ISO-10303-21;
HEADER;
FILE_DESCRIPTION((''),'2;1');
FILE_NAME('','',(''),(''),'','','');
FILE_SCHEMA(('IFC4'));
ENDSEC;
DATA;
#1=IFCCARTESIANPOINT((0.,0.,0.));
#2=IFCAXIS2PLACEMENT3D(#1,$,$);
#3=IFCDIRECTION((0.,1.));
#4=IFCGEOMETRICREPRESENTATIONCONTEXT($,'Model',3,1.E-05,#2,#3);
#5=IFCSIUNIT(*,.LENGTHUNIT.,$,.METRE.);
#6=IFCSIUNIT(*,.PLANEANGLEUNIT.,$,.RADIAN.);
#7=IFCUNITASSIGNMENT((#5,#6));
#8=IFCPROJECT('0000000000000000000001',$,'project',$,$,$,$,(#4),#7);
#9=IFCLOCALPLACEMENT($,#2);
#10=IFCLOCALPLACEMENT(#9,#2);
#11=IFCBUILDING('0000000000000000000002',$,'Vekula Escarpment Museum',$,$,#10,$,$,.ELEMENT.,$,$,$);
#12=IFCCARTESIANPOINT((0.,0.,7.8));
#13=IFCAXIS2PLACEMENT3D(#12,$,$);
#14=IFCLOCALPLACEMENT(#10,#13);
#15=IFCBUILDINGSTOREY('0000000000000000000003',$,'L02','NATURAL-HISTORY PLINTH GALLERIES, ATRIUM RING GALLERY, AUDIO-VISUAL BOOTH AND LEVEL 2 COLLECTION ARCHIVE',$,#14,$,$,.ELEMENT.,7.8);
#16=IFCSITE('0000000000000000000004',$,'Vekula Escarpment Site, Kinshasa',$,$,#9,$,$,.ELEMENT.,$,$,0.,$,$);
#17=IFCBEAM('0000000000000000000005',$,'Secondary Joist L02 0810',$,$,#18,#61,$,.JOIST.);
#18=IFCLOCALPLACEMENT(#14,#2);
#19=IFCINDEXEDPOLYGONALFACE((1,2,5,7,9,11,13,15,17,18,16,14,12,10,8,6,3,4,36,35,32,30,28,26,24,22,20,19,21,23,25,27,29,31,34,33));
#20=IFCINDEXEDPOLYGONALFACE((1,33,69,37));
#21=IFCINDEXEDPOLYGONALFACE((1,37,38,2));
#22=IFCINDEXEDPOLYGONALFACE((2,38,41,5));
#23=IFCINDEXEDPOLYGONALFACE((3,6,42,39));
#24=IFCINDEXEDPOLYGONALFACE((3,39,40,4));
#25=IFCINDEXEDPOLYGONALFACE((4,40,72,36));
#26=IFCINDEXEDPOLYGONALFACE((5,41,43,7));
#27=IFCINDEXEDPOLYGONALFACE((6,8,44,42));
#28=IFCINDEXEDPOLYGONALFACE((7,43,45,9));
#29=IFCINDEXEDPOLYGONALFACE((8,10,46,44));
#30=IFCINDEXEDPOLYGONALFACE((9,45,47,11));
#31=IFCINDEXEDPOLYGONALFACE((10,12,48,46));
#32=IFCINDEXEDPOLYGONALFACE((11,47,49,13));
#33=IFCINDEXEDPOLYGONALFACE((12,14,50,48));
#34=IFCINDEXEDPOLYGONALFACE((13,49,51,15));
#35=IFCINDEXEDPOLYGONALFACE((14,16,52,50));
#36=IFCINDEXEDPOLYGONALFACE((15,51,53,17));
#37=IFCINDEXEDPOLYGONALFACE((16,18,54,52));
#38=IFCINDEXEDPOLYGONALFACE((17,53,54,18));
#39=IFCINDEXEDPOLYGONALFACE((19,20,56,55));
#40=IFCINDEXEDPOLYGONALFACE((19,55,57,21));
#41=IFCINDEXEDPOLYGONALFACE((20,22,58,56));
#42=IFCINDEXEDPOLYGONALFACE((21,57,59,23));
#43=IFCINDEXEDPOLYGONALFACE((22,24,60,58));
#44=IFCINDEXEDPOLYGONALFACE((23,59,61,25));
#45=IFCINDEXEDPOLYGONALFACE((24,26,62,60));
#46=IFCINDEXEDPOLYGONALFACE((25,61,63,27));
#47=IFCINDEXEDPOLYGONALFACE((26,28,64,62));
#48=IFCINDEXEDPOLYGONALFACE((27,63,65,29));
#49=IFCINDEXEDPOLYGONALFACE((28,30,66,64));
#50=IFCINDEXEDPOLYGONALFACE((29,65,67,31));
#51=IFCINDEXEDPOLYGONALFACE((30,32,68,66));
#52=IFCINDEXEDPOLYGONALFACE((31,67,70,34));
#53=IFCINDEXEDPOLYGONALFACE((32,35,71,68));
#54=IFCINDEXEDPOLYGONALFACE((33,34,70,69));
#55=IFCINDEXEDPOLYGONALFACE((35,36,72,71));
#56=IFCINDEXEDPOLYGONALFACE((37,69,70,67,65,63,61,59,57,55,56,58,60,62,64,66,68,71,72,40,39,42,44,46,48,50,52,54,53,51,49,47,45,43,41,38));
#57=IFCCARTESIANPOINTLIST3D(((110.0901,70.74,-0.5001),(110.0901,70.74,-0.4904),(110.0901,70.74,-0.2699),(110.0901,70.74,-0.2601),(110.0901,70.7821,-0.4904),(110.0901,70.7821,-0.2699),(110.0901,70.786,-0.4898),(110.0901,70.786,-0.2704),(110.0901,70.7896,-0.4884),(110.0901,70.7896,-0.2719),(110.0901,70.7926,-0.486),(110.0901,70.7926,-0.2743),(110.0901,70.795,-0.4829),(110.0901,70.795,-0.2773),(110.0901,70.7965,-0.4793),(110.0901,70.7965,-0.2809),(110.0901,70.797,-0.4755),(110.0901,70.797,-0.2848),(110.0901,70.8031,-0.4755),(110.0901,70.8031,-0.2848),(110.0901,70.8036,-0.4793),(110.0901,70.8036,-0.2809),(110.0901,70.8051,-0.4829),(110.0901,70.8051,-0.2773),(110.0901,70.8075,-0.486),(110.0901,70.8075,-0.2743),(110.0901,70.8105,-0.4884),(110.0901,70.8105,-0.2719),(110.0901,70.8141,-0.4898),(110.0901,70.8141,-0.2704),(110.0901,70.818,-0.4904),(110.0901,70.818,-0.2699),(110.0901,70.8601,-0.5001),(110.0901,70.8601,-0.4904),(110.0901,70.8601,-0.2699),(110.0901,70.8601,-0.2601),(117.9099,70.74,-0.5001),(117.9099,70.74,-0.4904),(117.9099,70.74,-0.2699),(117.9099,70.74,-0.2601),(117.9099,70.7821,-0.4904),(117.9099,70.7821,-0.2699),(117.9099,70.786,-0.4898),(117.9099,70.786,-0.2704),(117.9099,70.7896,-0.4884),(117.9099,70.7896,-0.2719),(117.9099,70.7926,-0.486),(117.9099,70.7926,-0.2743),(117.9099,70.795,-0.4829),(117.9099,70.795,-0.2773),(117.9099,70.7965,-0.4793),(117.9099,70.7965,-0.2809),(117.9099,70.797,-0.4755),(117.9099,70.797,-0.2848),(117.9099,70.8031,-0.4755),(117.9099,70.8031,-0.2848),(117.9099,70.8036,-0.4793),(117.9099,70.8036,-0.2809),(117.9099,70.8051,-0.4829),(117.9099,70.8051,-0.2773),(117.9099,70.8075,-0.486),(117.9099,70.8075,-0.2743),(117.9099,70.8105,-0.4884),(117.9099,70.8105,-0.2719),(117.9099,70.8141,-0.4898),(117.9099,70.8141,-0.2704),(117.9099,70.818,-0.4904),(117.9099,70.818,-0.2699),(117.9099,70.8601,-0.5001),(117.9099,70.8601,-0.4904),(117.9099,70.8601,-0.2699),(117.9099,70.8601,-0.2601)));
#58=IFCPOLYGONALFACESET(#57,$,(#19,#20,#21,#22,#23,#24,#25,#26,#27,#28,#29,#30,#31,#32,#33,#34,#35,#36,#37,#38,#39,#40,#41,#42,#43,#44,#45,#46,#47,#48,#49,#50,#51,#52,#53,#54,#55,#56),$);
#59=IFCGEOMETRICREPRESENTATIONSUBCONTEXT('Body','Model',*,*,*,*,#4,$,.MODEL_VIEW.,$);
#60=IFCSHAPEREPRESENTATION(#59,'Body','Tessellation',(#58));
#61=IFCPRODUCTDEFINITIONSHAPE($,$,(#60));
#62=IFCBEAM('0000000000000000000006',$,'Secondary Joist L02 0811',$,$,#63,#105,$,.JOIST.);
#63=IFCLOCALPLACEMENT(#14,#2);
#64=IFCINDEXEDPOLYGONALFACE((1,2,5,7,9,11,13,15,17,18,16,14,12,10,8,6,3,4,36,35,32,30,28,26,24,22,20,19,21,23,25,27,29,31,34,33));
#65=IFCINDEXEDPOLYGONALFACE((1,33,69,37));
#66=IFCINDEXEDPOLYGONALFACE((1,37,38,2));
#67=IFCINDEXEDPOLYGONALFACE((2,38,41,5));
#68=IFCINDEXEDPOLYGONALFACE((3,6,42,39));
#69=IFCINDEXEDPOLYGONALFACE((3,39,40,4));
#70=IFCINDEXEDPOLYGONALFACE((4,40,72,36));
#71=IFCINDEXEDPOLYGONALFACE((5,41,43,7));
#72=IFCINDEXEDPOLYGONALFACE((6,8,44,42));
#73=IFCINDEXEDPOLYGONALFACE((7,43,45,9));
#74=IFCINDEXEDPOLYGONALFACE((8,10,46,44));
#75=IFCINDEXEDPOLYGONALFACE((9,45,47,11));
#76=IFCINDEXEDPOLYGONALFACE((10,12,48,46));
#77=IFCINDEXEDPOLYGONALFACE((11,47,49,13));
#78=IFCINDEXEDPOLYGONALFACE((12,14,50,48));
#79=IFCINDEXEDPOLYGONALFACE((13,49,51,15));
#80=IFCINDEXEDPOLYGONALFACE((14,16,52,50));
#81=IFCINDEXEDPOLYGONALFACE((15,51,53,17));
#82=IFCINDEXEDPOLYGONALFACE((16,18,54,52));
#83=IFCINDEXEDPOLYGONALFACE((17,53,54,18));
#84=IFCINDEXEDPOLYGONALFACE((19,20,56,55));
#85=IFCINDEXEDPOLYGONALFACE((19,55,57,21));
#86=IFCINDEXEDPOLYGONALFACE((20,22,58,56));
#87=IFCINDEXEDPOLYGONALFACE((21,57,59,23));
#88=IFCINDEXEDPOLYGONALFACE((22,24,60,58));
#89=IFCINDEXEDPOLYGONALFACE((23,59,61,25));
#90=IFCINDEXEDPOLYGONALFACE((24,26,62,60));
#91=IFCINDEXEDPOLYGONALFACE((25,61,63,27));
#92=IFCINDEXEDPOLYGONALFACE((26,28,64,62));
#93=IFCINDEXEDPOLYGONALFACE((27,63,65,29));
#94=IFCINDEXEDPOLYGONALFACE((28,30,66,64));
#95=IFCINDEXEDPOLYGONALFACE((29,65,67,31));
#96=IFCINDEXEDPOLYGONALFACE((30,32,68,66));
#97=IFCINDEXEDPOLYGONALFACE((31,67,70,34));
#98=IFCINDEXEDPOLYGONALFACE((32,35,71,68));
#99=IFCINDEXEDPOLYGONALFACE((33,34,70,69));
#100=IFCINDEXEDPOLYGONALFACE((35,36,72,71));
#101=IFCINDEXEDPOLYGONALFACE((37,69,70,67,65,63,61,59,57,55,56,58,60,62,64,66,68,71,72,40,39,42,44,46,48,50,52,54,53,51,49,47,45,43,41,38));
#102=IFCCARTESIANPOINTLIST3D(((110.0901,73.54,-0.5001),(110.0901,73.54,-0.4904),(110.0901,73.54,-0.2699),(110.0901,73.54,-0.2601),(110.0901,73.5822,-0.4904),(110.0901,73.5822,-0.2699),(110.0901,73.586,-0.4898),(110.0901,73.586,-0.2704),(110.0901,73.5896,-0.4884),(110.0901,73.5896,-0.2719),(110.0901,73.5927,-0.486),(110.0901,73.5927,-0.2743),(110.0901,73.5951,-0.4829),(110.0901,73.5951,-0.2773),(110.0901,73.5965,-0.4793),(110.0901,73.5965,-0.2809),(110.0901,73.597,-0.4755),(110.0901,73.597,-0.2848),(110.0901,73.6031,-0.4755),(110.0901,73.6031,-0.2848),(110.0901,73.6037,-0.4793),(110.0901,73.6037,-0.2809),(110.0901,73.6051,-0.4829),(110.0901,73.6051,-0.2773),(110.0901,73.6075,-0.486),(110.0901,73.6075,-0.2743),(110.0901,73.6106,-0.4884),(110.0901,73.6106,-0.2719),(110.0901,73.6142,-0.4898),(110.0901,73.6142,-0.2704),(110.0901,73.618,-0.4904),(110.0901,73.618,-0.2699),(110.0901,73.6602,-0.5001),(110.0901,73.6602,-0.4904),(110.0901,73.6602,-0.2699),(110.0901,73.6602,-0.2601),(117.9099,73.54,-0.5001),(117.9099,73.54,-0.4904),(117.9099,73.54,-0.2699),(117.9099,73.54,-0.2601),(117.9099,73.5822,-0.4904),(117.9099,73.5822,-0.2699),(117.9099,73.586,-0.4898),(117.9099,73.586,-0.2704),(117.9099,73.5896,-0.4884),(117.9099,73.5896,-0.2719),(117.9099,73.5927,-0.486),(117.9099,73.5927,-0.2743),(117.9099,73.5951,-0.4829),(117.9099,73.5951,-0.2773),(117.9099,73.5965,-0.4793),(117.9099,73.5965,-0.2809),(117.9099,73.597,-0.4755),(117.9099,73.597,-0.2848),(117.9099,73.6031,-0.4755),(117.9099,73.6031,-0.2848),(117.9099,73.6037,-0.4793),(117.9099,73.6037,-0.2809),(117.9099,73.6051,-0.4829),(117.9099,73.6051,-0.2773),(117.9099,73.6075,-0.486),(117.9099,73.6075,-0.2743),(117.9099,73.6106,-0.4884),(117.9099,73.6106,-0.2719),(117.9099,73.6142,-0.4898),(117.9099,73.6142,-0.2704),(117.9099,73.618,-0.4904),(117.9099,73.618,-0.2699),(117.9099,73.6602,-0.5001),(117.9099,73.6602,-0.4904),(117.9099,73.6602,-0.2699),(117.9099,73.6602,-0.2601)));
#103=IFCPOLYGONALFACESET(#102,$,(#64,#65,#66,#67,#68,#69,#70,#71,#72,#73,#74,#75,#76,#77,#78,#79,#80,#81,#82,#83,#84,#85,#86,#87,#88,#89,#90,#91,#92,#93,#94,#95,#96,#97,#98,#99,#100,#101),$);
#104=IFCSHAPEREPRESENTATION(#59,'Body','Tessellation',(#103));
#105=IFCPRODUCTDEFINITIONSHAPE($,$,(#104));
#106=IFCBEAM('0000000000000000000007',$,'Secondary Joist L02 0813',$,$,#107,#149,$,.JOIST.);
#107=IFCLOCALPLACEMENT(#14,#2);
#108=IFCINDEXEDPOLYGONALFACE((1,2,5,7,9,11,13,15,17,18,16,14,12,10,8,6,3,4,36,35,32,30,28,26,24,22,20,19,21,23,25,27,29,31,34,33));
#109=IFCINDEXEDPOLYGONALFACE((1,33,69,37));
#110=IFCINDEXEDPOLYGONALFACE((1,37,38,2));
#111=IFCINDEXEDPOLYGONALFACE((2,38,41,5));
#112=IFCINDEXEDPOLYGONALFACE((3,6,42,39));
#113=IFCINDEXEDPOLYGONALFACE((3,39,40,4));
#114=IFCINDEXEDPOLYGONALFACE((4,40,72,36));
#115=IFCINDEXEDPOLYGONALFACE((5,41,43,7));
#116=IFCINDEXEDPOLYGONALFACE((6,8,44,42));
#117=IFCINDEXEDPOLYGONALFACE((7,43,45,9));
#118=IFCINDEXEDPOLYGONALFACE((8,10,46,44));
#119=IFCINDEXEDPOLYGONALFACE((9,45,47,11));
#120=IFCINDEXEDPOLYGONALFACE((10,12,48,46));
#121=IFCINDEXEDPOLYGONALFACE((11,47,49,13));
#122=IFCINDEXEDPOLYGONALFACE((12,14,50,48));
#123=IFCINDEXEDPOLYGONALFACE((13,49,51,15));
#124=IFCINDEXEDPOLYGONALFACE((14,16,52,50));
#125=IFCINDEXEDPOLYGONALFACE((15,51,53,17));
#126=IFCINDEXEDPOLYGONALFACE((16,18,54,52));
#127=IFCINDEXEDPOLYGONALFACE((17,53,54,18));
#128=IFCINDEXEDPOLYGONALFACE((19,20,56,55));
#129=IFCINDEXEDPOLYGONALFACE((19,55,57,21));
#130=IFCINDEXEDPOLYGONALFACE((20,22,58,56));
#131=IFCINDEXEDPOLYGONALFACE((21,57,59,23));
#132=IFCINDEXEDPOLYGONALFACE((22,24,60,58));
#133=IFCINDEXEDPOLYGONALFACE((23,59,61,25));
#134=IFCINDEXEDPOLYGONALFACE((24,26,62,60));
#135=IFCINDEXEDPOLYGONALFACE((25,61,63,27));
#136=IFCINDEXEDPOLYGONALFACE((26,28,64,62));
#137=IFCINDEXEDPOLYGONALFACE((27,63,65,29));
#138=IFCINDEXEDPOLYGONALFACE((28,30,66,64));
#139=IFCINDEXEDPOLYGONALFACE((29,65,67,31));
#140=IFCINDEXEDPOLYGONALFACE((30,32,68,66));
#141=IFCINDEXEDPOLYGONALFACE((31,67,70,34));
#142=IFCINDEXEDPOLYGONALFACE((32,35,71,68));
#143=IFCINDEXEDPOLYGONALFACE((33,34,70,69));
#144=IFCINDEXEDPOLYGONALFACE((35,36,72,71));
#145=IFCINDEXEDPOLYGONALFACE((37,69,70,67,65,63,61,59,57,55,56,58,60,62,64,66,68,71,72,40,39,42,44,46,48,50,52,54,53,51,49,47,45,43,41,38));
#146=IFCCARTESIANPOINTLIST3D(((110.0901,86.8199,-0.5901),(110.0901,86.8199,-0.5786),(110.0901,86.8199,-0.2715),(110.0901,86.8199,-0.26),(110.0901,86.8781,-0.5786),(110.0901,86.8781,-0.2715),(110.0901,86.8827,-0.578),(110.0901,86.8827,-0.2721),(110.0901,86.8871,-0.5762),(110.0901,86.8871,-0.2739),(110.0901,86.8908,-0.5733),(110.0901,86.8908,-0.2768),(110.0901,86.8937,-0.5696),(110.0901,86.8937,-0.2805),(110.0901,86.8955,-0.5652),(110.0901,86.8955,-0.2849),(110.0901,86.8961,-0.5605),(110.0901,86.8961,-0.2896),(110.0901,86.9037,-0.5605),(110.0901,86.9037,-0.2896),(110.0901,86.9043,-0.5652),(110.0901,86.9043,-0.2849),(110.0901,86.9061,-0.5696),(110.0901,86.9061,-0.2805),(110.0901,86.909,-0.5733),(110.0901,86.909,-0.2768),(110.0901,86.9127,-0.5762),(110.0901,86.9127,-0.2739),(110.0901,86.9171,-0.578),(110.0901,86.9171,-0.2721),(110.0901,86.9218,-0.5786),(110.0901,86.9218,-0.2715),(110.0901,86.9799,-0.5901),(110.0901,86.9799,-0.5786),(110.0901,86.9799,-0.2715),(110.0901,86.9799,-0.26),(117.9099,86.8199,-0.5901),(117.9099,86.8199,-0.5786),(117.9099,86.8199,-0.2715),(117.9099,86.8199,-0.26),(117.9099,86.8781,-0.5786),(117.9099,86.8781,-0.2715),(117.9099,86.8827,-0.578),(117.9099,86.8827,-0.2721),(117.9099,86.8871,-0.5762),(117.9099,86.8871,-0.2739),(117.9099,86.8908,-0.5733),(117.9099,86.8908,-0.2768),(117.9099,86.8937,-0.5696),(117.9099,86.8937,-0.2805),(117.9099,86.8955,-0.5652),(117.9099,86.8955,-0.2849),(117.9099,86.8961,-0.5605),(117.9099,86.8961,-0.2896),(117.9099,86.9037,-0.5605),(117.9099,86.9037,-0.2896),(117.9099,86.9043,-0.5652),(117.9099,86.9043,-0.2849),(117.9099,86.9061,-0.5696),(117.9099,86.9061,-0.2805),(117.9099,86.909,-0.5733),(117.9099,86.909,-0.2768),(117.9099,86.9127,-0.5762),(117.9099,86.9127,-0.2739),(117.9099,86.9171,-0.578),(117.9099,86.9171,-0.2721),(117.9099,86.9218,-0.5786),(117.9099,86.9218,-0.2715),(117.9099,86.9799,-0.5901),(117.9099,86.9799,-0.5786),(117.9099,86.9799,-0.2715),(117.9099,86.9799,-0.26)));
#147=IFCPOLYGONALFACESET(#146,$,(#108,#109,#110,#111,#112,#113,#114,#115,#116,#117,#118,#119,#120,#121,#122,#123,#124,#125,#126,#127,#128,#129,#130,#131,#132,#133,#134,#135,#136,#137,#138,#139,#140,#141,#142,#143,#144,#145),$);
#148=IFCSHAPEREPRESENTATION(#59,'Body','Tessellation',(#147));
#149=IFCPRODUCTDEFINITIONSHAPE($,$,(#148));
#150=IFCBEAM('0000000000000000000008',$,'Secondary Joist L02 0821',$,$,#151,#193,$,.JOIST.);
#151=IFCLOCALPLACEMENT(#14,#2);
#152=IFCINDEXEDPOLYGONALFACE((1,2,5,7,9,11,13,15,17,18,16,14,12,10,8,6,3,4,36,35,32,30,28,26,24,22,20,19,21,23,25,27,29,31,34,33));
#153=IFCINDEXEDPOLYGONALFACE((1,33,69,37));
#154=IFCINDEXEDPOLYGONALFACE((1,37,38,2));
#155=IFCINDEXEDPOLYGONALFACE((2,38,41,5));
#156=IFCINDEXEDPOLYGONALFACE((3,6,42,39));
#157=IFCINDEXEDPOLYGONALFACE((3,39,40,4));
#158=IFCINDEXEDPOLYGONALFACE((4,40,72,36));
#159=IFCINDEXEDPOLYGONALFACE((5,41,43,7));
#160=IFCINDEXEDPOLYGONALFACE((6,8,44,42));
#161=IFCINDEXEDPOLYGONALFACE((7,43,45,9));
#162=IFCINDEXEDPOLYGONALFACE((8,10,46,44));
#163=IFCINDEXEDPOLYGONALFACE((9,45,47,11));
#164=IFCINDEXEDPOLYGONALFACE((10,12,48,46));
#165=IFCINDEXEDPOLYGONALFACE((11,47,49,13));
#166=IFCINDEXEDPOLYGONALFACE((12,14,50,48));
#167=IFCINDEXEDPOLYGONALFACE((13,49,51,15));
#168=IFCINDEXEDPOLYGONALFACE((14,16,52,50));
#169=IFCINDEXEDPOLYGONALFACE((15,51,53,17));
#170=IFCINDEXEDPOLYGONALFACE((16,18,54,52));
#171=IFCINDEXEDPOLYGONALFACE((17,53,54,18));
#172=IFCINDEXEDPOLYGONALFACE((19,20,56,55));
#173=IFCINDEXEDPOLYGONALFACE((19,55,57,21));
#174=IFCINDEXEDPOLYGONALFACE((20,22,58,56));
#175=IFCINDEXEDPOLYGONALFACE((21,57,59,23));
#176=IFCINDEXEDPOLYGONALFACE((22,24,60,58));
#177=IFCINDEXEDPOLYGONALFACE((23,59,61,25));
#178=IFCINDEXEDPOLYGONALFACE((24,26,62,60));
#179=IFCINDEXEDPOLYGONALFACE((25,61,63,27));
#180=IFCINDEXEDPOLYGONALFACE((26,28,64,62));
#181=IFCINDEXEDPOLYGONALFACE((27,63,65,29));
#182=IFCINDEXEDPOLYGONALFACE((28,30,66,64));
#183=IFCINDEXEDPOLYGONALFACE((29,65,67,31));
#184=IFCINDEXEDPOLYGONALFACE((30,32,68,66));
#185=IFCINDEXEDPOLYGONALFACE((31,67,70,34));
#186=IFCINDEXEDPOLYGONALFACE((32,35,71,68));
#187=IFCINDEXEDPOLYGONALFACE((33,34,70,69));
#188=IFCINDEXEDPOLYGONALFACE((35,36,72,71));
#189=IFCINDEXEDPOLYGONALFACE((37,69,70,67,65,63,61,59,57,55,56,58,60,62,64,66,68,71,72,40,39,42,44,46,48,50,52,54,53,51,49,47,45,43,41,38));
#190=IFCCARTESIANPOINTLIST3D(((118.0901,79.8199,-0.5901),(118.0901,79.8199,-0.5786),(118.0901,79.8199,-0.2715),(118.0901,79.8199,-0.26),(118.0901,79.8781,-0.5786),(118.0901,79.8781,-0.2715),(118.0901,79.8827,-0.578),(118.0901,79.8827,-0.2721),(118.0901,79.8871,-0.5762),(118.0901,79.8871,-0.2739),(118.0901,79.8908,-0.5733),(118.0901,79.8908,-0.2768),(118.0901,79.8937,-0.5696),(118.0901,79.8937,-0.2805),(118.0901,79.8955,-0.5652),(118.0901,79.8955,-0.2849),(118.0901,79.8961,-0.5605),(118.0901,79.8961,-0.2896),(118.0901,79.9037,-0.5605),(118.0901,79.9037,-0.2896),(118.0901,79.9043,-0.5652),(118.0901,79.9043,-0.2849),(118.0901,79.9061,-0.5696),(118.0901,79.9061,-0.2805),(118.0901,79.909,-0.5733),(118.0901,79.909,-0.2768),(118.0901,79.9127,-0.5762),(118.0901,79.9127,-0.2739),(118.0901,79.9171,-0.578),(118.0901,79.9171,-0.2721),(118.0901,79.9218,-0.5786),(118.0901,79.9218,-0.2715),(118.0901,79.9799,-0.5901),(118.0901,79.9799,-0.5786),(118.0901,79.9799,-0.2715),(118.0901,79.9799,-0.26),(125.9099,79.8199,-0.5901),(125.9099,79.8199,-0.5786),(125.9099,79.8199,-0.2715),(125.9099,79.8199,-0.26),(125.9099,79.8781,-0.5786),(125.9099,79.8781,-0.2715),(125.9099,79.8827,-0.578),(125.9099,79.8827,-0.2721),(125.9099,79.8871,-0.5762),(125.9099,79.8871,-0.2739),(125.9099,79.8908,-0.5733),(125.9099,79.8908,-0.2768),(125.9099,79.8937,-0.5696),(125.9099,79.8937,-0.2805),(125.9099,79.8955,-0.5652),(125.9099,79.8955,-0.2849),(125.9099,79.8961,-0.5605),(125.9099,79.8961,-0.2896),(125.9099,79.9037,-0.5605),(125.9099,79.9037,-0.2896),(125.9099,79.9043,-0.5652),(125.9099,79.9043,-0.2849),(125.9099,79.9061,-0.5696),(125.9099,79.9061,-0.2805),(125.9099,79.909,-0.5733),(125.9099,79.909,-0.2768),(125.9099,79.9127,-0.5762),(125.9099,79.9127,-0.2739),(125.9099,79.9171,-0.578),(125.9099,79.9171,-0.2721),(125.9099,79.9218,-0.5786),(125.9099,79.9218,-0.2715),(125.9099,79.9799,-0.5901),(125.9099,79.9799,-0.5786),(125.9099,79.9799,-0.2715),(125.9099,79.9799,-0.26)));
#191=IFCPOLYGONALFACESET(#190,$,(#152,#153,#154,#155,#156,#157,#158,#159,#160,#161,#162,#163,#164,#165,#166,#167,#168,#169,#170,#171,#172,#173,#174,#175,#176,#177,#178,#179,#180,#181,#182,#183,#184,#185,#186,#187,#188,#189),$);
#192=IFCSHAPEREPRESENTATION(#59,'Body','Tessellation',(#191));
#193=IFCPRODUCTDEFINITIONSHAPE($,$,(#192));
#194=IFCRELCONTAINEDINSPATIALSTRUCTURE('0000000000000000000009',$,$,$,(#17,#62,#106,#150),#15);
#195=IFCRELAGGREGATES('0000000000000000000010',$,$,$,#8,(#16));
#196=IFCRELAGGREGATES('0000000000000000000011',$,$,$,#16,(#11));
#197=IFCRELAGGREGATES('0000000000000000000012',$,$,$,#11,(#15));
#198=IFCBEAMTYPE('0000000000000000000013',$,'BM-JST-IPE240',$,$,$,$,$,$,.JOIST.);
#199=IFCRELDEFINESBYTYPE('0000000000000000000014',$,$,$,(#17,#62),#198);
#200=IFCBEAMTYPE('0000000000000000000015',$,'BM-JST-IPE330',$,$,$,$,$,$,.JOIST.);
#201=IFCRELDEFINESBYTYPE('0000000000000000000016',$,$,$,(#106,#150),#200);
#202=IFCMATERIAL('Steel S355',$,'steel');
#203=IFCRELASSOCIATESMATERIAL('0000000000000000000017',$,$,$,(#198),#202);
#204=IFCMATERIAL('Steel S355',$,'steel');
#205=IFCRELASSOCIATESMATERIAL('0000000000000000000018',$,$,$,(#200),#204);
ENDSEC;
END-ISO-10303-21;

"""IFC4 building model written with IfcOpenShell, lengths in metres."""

from ifc_helpers import new_model, si_unit, direction, frame, origin, origin_2d, place, context, subcontext, project, spatial, i_section, extrude, material, material_profile, profile_set, type_object, element, save


model = new_model("IFC4")

# Units and contexts
model_context = context("Model", 3, precision=1e-05, world=origin(), true_north=direction((0.0, 1.0)))
body_context = subcontext(model_context, "Body", "Model", "MODEL_VIEW")
ifc_project = project(units=[si_unit("LENGTHUNIT", "METRE"), si_unit("PLANEANGLEUNIT", "RADIAN")], contexts=[model_context])

# Site, building, storey
site_placement = place(None, origin())
site = spatial("IfcSite", under=ifc_project, at=site_placement, Name="Vekula Escarpment Site, Kinshasa", CompositionType="ELEMENT", RefElevation=0.0)
building_placement = place(site_placement, origin())
building = spatial("IfcBuilding", under=site, at=building_placement, Name="Vekula Escarpment Museum", CompositionType="ELEMENT")
storey_placement = place(building_placement, frame((0.0, 0.0, 7.8)))
storey = spatial("IfcBuildingStorey", under=building, at=storey_placement, Name="L02", Description="NATURAL-HISTORY PLINTH GALLERIES, ATRIUM RING GALLERY, AUDIO-VISUAL BOOTH AND LEVEL 2 COLLECTION ARCHIVE", CompositionType="ELEMENT", Elevation=7.8)

# Beams
ifc_material_1 = material(Name="Steel S355", Category="steel")
ifc_material_profile_1 = material_profile(ifc_material_1, i_section(OverallWidth=0.1201, OverallDepth=0.24, WebThickness=0.0061, FlangeThickness=0.0098, FilletRadius=0.0149, at=origin_2d()), Name="IPE 240")
ifc_profile_set_1 = profile_set([ifc_material_profile_1], Name="Steel S355")
beam_type_1 = type_object("IfcBeamType", Name="BM-JST-IPE240", PredefinedType="JOIST", material=ifc_profile_set_1)
for number, where, z_axis, x_axis, name in (
    (1, (110.0901, 70.8, -0.3801), (1.0, 0.0, 0.0), (0.0, 1.0, 0.0), "Secondary Joist L02 0810"),
    (2, (110.0901, 73.6001, -0.3801), (1.0, 0.0, 0.0), (0.0, 1.0, 0.0), "Secondary Joist L02 0811"),
):
    element("IfcBeam", number, at=place(storey_placement, frame(where, z_axis=z_axis, x_axis=x_axis)), inside=storey, type_object=beam_type_1, Name=name, PredefinedType="JOIST", context=body_context, shape_type="SweptSolid", body=[
        extrude(i_section(OverallWidth=0.1201, OverallDepth=0.24, WebThickness=0.0061, FlangeThickness=0.0098, FilletRadius=0.0149, at=origin_2d()), origin(), (0.0, 0.0, 1.0), 7.8198),
    ])
ifc_material_2 = material(Name="Steel S355", Category="steel")
ifc_material_profile_2 = material_profile(ifc_material_2, i_section(OverallWidth=0.1599, OverallDepth=0.3301, WebThickness=0.0076, FlangeThickness=0.0115, FilletRadius=0.0181, at=origin_2d()), Name="IPE 330")
ifc_profile_set_2 = profile_set([ifc_material_profile_2], Name="Steel S355")
beam_type_2 = type_object("IfcBeamType", Name="BM-JST-IPE330", PredefinedType="JOIST", material=ifc_profile_set_2)
for number, where, z_axis, x_axis, name in (
    (3, (110.0901, 86.8999, -0.425), (1.0, 0.0, 0.0), (0.0, 1.0, 0.0), "Secondary Joist L02 0813"),
    (4, (118.0901, 79.8999, -0.425), (1.0, 0.0, 0.0), (0.0, 1.0, 0.0), "Secondary Joist L02 0821"),
):
    element("IfcBeam", number, at=place(storey_placement, frame(where, z_axis=z_axis, x_axis=x_axis)), inside=storey, type_object=beam_type_2, Name=name, PredefinedType="JOIST", context=body_context, shape_type="SweptSolid", body=[
        extrude(i_section(OverallWidth=0.1599, OverallDepth=0.3301, WebThickness=0.0076, FlangeThickness=0.0115, FilletRadius=0.0181, at=origin_2d()), origin(), (0.0, 0.0, 1.0), 7.8198),
    ])

save(model, "model.ifc")
